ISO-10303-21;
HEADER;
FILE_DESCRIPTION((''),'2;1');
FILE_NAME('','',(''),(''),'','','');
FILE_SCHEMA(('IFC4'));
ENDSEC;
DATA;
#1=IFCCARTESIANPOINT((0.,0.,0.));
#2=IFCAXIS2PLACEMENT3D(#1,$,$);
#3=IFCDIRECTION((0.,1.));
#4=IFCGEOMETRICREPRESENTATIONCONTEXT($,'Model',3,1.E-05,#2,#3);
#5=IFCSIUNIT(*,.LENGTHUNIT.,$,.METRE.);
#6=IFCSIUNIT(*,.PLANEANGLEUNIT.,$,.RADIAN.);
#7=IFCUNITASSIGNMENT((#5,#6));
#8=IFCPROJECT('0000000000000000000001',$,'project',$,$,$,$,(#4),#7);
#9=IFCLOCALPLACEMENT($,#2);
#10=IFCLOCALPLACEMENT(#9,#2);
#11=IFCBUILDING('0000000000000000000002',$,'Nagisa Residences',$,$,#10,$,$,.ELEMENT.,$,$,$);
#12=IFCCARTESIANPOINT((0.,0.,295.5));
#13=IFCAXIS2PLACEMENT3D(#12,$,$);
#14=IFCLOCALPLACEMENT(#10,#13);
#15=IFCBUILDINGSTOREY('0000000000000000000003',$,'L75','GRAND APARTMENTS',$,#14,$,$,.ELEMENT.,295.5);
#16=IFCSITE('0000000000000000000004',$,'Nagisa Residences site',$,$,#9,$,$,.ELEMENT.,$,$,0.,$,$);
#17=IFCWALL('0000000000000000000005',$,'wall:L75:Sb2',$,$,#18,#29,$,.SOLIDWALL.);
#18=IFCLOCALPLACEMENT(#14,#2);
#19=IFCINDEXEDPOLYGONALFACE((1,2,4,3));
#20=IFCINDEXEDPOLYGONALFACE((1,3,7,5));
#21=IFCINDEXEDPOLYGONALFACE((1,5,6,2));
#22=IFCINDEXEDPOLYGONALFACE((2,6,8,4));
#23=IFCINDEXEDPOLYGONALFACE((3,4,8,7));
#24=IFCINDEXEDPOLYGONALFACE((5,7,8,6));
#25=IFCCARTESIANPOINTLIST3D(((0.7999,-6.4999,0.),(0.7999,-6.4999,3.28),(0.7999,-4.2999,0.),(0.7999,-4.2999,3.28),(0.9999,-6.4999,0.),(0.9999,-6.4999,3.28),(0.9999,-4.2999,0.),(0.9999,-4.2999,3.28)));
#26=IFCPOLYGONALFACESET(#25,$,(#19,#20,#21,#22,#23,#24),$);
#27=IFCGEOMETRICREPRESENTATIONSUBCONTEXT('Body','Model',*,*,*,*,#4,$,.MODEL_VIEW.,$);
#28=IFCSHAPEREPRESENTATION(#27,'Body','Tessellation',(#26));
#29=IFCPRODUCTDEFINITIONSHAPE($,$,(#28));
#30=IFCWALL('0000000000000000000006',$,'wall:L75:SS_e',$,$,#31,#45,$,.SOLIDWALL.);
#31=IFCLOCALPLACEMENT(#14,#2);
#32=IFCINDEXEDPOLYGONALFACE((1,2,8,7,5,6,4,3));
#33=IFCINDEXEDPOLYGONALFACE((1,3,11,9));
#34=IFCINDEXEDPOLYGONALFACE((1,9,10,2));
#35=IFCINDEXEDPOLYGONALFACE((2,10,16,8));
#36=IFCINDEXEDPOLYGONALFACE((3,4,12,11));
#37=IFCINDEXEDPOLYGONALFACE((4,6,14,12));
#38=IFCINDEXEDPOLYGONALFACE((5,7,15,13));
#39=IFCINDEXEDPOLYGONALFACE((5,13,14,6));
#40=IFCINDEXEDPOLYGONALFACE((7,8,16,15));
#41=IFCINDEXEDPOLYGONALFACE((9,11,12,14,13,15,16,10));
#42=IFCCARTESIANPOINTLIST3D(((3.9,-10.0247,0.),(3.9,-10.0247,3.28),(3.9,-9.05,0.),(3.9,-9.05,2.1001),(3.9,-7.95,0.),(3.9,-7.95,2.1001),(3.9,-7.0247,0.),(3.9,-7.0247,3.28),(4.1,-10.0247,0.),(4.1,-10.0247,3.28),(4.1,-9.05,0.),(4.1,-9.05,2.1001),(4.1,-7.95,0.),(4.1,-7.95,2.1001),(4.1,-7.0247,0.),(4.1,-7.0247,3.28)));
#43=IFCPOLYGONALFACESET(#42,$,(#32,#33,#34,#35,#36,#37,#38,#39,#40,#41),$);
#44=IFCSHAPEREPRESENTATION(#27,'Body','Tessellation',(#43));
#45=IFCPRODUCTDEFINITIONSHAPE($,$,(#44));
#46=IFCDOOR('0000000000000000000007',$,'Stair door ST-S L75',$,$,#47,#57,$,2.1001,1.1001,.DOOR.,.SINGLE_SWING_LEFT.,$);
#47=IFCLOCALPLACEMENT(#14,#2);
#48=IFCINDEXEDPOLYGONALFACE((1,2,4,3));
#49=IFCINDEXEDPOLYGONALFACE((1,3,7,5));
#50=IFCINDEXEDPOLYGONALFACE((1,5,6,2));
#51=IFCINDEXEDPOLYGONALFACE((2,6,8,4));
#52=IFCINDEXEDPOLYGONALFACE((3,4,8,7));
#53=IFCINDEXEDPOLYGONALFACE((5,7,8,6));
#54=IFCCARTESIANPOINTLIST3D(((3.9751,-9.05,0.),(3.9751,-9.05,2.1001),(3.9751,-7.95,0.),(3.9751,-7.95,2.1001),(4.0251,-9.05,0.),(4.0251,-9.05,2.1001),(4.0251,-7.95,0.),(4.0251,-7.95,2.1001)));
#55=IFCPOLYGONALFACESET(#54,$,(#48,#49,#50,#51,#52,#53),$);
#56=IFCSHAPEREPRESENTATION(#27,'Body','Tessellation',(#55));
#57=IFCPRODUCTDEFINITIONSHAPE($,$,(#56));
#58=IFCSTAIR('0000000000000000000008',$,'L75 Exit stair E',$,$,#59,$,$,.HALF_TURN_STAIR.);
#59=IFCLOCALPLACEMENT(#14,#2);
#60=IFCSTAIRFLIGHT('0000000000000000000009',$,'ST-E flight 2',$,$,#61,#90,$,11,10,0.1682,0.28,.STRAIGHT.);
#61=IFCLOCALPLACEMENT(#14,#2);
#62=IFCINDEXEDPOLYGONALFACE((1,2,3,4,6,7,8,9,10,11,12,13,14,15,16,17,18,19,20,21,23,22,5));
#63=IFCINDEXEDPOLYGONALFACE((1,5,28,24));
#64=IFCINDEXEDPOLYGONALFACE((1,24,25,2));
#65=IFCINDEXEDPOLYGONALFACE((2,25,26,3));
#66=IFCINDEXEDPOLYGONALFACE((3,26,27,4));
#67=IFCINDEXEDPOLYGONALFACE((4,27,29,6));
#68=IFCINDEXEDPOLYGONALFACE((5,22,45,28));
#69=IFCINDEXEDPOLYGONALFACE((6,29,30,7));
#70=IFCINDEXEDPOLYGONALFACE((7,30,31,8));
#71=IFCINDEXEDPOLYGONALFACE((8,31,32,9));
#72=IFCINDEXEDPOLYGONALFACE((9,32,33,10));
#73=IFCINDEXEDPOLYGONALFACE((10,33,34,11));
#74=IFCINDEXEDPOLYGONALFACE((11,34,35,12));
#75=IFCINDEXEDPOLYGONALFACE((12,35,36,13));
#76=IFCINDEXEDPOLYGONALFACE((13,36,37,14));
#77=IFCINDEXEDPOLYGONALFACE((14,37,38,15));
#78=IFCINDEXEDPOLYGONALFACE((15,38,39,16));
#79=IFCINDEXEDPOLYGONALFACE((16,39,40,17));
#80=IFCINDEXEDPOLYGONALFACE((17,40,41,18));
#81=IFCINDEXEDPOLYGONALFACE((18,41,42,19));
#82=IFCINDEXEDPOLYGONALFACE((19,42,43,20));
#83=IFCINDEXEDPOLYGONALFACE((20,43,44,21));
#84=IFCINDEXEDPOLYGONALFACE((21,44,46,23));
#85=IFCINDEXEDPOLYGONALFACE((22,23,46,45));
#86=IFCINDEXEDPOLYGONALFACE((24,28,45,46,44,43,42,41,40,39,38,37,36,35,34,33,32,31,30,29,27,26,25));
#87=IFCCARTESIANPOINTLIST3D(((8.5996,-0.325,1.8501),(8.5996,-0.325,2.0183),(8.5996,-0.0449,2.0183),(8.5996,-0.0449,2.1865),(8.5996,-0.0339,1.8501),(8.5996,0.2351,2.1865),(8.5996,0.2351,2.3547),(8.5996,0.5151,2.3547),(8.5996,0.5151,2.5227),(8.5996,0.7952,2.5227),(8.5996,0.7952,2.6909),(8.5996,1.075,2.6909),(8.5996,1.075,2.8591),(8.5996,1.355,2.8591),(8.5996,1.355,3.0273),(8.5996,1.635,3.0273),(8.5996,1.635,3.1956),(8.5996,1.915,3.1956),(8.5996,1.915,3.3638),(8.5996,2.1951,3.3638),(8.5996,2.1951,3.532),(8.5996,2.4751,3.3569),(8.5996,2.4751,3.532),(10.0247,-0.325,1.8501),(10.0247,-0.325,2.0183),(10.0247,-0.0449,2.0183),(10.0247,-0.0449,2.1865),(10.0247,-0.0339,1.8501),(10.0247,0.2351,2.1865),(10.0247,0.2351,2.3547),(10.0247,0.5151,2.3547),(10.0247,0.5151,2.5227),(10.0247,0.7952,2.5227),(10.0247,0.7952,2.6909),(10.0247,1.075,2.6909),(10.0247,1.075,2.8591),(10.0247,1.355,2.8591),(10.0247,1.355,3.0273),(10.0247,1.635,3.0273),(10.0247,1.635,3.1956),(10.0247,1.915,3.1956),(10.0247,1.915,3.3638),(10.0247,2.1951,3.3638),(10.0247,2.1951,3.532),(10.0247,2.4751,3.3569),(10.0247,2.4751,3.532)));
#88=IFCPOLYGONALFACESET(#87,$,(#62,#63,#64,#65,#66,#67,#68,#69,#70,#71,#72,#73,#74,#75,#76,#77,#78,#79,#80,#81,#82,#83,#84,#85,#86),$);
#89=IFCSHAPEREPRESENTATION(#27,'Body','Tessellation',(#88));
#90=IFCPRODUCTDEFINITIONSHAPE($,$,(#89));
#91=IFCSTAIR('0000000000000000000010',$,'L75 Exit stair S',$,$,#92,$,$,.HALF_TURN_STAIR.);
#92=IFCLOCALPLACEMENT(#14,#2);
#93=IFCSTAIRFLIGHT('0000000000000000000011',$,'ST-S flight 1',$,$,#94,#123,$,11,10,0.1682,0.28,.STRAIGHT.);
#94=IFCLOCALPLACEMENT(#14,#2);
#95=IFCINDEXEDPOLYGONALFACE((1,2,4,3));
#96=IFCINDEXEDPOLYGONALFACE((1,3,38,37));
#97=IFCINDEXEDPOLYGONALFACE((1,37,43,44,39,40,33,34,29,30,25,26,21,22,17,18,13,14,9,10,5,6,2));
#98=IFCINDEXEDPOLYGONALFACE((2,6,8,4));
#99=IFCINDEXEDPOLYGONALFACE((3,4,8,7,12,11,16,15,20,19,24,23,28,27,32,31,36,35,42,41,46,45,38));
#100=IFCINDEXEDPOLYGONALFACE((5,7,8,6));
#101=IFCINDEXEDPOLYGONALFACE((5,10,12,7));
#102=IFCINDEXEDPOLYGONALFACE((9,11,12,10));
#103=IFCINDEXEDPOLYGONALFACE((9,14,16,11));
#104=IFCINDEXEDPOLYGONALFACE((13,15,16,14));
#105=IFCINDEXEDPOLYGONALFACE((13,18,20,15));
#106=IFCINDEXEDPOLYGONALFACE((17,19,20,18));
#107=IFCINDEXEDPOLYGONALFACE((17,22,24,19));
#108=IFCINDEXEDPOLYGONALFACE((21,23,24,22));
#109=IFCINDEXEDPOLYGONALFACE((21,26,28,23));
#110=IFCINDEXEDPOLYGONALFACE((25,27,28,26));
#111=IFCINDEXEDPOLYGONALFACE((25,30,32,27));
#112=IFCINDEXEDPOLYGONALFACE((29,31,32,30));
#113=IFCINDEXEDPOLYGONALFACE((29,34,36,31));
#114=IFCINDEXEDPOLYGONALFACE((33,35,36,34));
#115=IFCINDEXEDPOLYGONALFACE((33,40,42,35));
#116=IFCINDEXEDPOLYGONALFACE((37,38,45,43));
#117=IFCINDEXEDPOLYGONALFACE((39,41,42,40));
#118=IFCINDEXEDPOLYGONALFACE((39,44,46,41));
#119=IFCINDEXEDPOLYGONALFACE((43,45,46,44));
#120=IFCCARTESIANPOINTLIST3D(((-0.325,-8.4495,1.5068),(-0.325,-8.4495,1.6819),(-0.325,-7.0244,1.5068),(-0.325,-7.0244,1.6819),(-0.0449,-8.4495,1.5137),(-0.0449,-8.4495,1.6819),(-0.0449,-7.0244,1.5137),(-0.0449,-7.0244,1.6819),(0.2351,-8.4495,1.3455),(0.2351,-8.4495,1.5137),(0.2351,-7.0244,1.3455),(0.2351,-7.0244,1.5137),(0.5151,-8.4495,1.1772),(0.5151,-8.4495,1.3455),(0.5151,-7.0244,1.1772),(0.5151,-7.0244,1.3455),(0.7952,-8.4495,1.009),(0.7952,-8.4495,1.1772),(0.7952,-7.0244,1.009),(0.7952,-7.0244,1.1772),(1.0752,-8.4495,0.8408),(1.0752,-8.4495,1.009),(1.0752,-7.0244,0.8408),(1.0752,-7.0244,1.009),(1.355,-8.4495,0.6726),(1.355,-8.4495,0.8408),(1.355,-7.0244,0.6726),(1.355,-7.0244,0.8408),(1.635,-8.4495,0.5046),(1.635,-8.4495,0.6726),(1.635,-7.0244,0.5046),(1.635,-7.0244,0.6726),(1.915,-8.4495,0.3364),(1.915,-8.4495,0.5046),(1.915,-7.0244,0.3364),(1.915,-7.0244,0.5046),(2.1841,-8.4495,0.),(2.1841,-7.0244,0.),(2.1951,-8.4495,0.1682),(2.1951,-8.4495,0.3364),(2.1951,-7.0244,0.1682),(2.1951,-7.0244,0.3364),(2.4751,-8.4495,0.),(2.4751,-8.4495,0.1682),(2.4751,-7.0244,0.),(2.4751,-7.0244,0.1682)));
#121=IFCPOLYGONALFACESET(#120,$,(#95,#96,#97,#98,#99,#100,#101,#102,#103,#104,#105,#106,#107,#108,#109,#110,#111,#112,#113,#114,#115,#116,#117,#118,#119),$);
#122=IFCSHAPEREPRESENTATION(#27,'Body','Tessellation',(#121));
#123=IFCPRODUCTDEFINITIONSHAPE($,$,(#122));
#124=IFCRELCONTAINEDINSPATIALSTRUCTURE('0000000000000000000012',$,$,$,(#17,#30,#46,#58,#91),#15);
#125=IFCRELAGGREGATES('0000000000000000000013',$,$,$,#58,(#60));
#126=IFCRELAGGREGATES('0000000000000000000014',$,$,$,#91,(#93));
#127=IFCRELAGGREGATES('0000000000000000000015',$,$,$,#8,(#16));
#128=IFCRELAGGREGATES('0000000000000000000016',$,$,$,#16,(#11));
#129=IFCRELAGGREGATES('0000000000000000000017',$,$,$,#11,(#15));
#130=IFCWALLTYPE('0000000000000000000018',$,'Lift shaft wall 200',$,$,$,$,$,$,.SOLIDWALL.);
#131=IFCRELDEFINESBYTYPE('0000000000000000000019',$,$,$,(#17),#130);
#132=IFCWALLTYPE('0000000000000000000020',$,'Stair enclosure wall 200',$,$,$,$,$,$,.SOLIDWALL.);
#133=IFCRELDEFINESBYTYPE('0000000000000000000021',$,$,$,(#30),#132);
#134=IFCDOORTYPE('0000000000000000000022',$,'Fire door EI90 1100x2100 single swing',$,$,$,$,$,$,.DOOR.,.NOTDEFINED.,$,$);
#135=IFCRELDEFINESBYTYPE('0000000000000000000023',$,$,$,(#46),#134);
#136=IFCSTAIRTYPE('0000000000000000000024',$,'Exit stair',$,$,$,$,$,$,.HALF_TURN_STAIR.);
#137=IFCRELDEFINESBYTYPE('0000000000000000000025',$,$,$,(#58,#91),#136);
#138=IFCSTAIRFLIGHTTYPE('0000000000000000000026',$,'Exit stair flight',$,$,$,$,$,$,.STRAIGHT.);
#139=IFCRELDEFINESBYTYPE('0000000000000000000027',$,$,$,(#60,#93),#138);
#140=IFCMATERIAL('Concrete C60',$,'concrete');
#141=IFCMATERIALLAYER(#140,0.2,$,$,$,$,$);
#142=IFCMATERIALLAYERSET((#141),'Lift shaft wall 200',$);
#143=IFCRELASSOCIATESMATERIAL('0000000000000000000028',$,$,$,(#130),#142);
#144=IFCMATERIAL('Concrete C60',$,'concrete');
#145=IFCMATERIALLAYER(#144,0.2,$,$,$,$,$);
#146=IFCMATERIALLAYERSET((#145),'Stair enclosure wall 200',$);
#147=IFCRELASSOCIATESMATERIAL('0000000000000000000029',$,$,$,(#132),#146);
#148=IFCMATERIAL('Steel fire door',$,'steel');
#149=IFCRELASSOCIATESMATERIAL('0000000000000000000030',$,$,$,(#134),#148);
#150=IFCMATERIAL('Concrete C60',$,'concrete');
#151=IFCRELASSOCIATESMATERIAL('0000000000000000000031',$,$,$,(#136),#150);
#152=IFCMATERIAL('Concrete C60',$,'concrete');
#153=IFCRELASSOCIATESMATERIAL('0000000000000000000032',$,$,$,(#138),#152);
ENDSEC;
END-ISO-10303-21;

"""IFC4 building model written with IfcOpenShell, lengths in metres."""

from ifc_helpers import new_model, si_unit, direction, frame, frame_2d, origin, place, context, subcontext, project, spatial, polyline, rectangle, outline, extrude, material, layer, layer_set, type_object, element, fill, aggregate, save


model = new_model("IFC4")

# Units and contexts
model_context = context("Model", 3, precision=1e-05, world=origin(), true_north=direction((0.0, 1.0)))
body_context = subcontext(model_context, "Body", "Model", "MODEL_VIEW")
ifc_project = project(units=[si_unit("LENGTHUNIT", "METRE"), si_unit("PLANEANGLEUNIT", "RADIAN")], contexts=[model_context])

# Site, building, storey
site_placement = place(None, origin())
site = spatial("IfcSite", under=ifc_project, at=site_placement, Name="Nagisa Residences site", CompositionType="ELEMENT", RefElevation=0.0)
building_placement = place(site_placement, origin())
building = spatial("IfcBuilding", under=site, at=building_placement, Name="Nagisa Residences", CompositionType="ELEMENT")
storey_placement = place(building_placement, frame((0.0, 0.0, 295.5)))
storey = spatial("IfcBuildingStorey", under=building, at=storey_placement, Name="L75", Description="GRAND APARTMENTS", CompositionType="ELEMENT", Elevation=295.5)

# Shared definitions
ifc_material_1 = material(Name="Concrete C60", Category="concrete")
ifc_layer_1 = layer(ifc_material_1, 0.2)
ifc_layer_set_1 = layer_set([ifc_layer_1], Name="Lift shaft wall 200")
wall_type_1 = type_object("IfcWallType", Name="Lift shaft wall 200", PredefinedType="SOLIDWALL", material=ifc_layer_set_1)

# Wall
wall_1_placement = place(storey_placement, frame((0.8999, -6.5, 0.0), z_axis=(0.0, 0.0, 1.0), x_axis=(0.0, 1.0, 0.0)))
element("IfcWall", 1, at=wall_1_placement, inside=storey, type_object=wall_type_1, Name="wall:L75:Sb2", PredefinedType="SOLIDWALL", context=body_context, shape_type="SweptSolid", body=[
    extrude(rectangle(XDim=2.2, YDim=0.2, at=frame_2d((1.1001, 0.0))), origin(), (0.0, 0.0, 1.0), 3.28),
])

# Wall, opening, door
ifc_material_2 = material(Name="Concrete C60", Category="concrete")
ifc_layer_2 = layer(ifc_material_2, 0.2)
ifc_layer_set_2 = layer_set([ifc_layer_2], Name="Stair enclosure wall 200")
wall_type_2 = type_object("IfcWallType", Name="Stair enclosure wall 200", PredefinedType="SOLIDWALL", material=ifc_layer_set_2)
wall_2_placement = place(storey_placement, frame((4.0, -10.0247, 0.0), z_axis=(0.0, 0.0, 1.0), x_axis=(0.0, 1.0, 0.0)))
wall_2 = element("IfcWall", 2, at=wall_2_placement, inside=storey, type_object=wall_type_2, Name="wall:L75:SS_e", PredefinedType="SOLIDWALL", context=body_context, shape_type="SweptSolid", body=[
    extrude(rectangle(XDim=3.0, YDim=0.2, at=frame_2d((1.5, 0.0))), origin(), (0.0, 0.0, 1.0), 3.28),
])
opening_1_placement = place(wall_2_placement, frame((0.9746, 0.0, 0.0)))
opening_1 = element("IfcOpeningElement", 3, at=opening_1_placement, cuts=wall_2, PredefinedType="OPENING", context=body_context, shape_type="SweptSolid", body=[
    extrude(rectangle(XDim=1.1001, YDim=2.1001, at=frame_2d((0.55, 1.05))), frame((0.0, 0.1099, 0.0), z_axis=(0.0, -1.0, 0.0), x_axis=(1.0, 0.0, 0.0)), (0.0, 0.0, 1.0), 0.22),
])
ifc_material_3 = material(Name="Steel fire door", Category="steel")
door_type_1 = type_object("IfcDoorType", Name="Fire door EI90 1100x2100 single swing", OperationType="NOTDEFINED", PredefinedType="DOOR", material=ifc_material_3)
door_1_placement = place(opening_1_placement, origin())
door_1 = element("IfcDoor", 4, at=door_1_placement, inside=storey, type_object=door_type_1, Name="Stair door ST-S L75", OperationType="SINGLE_SWING_LEFT", OverallHeight=2.1001, OverallWidth=1.1001, PredefinedType="DOOR", context=body_context, shape_type="SweptSolid", body=[
    extrude(rectangle(XDim=1.1001, YDim=2.1001, at=frame_2d((0.55, 1.05))), frame((0.0, 0.0249, 0.0), z_axis=(0.0, -1.0, 0.0), x_axis=(1.0, 0.0, 0.0)), (0.0, 0.0, 1.0), 0.05),
])
fill(opening_1, door_1)

# Stairs, stair flights
ifc_material_4 = material(Name="Concrete C60", Category="concrete")
stair_type = type_object("IfcStairType", Name="Exit stair", PredefinedType="HALF_TURN_STAIR", material=ifc_material_4)
stair_1_placement = place(storey_placement, origin())
stair_1 = element("IfcStair", 5, at=stair_1_placement, inside=storey, type_object=stair_type, Name="L75 Exit stair E", PredefinedType="HALF_TURN_STAIR")
ifc_material_5 = material(Name="Concrete C60", Category="concrete")
stair_flight_type = type_object("IfcStairFlightType", Name="Exit stair flight", PredefinedType="STRAIGHT", material=ifc_material_5)
stair_flight_1_placement = place(storey_placement, frame((9.312, -0.325, 1.8501), z_axis=(0.0, 0.0, 1.0), x_axis=(0.0, 1.0, 0.0)))
stair_flight_1 = element("IfcStairFlight", 6, at=stair_flight_1_placement, type_object=stair_flight_type, Name="ST-E flight 2", NumberOfRisers=11, NumberOfTreads=10, PredefinedType="STRAIGHT", RiserHeight=0.1682, TreadLength=0.28, context=body_context, shape_type="SweptSolid", body=[
    extrude(outline(polyline([(0.0, 0.0), (0.0, 0.1682), (0.28, 0.1682), (0.28, 0.3364), (0.5601, 0.3364), (0.5601, 0.5046), (0.8401, 0.5046), (0.8401, 0.6726), (1.1201, 0.6726), (1.1201, 0.8408), (1.3999, 0.8408), (1.3999, 1.009), (1.6799, 1.009), (1.6799, 1.1772), (1.96, 1.1772), (1.96, 1.3455), (2.24, 1.3455), (2.24, 1.5137), (2.52, 1.5137), (2.52, 1.6819), (2.8, 1.6819), (2.8, 1.8501), (2.8, 1.5068), (0.291, 0.0), (0.0, 0.0)])), frame((0.0, 0.7124, 0.0), z_axis=(0.0, -1.0, 0.0), x_axis=(1.0, 0.0, 0.0)), (0.0, 0.0, 1.0), 1.425),
])
aggregate(stair_1, [stair_flight_1])
stair_2_placement = place(storey_placement, origin())
stair_2 = element("IfcStair", 7, at=stair_2_placement, inside=storey, type_object=stair_type, Name="L75 Exit stair S", PredefinedType="HALF_TURN_STAIR")
stair_flight_2_placement = place(storey_placement, frame((2.4751, -7.7371, 0.0), z_axis=(0.0, 0.0, 1.0), x_axis=(-1.0, 0.0, 0.0)))
stair_flight_2 = element("IfcStairFlight", 8, at=stair_flight_2_placement, type_object=stair_flight_type, Name="ST-S flight 1", NumberOfRisers=11, NumberOfTreads=10, PredefinedType="STRAIGHT", RiserHeight=0.1682, TreadLength=0.28, context=body_context, shape_type="SweptSolid", body=[
    extrude(outline(polyline([(0.0, 0.0), (0.0, 0.1682), (0.28, 0.1682), (0.28, 0.3364), (0.5601, 0.3364), (0.5601, 0.5046), (0.8401, 0.5046), (0.8401, 0.6726), (1.1201, 0.6726), (1.1201, 0.8408), (1.3999, 0.8408), (1.3999, 1.009), (1.6799, 1.009), (1.6799, 1.1772), (1.96, 1.1772), (1.96, 1.3455), (2.24, 1.3455), (2.24, 1.5137), (2.52, 1.5137), (2.52, 1.6819), (2.8, 1.6819), (2.8, 1.8501), (2.8, 1.5068), (0.291, 0.0), (0.0, 0.0)])), frame((0.0, 0.7124, 0.0), z_axis=(0.0, -1.0, 0.0), x_axis=(1.0, 0.0, 0.0)), (0.0, 0.0, 1.0), 1.425),
])
aggregate(stair_2, [stair_flight_2])

save(model, "model.ifc")
